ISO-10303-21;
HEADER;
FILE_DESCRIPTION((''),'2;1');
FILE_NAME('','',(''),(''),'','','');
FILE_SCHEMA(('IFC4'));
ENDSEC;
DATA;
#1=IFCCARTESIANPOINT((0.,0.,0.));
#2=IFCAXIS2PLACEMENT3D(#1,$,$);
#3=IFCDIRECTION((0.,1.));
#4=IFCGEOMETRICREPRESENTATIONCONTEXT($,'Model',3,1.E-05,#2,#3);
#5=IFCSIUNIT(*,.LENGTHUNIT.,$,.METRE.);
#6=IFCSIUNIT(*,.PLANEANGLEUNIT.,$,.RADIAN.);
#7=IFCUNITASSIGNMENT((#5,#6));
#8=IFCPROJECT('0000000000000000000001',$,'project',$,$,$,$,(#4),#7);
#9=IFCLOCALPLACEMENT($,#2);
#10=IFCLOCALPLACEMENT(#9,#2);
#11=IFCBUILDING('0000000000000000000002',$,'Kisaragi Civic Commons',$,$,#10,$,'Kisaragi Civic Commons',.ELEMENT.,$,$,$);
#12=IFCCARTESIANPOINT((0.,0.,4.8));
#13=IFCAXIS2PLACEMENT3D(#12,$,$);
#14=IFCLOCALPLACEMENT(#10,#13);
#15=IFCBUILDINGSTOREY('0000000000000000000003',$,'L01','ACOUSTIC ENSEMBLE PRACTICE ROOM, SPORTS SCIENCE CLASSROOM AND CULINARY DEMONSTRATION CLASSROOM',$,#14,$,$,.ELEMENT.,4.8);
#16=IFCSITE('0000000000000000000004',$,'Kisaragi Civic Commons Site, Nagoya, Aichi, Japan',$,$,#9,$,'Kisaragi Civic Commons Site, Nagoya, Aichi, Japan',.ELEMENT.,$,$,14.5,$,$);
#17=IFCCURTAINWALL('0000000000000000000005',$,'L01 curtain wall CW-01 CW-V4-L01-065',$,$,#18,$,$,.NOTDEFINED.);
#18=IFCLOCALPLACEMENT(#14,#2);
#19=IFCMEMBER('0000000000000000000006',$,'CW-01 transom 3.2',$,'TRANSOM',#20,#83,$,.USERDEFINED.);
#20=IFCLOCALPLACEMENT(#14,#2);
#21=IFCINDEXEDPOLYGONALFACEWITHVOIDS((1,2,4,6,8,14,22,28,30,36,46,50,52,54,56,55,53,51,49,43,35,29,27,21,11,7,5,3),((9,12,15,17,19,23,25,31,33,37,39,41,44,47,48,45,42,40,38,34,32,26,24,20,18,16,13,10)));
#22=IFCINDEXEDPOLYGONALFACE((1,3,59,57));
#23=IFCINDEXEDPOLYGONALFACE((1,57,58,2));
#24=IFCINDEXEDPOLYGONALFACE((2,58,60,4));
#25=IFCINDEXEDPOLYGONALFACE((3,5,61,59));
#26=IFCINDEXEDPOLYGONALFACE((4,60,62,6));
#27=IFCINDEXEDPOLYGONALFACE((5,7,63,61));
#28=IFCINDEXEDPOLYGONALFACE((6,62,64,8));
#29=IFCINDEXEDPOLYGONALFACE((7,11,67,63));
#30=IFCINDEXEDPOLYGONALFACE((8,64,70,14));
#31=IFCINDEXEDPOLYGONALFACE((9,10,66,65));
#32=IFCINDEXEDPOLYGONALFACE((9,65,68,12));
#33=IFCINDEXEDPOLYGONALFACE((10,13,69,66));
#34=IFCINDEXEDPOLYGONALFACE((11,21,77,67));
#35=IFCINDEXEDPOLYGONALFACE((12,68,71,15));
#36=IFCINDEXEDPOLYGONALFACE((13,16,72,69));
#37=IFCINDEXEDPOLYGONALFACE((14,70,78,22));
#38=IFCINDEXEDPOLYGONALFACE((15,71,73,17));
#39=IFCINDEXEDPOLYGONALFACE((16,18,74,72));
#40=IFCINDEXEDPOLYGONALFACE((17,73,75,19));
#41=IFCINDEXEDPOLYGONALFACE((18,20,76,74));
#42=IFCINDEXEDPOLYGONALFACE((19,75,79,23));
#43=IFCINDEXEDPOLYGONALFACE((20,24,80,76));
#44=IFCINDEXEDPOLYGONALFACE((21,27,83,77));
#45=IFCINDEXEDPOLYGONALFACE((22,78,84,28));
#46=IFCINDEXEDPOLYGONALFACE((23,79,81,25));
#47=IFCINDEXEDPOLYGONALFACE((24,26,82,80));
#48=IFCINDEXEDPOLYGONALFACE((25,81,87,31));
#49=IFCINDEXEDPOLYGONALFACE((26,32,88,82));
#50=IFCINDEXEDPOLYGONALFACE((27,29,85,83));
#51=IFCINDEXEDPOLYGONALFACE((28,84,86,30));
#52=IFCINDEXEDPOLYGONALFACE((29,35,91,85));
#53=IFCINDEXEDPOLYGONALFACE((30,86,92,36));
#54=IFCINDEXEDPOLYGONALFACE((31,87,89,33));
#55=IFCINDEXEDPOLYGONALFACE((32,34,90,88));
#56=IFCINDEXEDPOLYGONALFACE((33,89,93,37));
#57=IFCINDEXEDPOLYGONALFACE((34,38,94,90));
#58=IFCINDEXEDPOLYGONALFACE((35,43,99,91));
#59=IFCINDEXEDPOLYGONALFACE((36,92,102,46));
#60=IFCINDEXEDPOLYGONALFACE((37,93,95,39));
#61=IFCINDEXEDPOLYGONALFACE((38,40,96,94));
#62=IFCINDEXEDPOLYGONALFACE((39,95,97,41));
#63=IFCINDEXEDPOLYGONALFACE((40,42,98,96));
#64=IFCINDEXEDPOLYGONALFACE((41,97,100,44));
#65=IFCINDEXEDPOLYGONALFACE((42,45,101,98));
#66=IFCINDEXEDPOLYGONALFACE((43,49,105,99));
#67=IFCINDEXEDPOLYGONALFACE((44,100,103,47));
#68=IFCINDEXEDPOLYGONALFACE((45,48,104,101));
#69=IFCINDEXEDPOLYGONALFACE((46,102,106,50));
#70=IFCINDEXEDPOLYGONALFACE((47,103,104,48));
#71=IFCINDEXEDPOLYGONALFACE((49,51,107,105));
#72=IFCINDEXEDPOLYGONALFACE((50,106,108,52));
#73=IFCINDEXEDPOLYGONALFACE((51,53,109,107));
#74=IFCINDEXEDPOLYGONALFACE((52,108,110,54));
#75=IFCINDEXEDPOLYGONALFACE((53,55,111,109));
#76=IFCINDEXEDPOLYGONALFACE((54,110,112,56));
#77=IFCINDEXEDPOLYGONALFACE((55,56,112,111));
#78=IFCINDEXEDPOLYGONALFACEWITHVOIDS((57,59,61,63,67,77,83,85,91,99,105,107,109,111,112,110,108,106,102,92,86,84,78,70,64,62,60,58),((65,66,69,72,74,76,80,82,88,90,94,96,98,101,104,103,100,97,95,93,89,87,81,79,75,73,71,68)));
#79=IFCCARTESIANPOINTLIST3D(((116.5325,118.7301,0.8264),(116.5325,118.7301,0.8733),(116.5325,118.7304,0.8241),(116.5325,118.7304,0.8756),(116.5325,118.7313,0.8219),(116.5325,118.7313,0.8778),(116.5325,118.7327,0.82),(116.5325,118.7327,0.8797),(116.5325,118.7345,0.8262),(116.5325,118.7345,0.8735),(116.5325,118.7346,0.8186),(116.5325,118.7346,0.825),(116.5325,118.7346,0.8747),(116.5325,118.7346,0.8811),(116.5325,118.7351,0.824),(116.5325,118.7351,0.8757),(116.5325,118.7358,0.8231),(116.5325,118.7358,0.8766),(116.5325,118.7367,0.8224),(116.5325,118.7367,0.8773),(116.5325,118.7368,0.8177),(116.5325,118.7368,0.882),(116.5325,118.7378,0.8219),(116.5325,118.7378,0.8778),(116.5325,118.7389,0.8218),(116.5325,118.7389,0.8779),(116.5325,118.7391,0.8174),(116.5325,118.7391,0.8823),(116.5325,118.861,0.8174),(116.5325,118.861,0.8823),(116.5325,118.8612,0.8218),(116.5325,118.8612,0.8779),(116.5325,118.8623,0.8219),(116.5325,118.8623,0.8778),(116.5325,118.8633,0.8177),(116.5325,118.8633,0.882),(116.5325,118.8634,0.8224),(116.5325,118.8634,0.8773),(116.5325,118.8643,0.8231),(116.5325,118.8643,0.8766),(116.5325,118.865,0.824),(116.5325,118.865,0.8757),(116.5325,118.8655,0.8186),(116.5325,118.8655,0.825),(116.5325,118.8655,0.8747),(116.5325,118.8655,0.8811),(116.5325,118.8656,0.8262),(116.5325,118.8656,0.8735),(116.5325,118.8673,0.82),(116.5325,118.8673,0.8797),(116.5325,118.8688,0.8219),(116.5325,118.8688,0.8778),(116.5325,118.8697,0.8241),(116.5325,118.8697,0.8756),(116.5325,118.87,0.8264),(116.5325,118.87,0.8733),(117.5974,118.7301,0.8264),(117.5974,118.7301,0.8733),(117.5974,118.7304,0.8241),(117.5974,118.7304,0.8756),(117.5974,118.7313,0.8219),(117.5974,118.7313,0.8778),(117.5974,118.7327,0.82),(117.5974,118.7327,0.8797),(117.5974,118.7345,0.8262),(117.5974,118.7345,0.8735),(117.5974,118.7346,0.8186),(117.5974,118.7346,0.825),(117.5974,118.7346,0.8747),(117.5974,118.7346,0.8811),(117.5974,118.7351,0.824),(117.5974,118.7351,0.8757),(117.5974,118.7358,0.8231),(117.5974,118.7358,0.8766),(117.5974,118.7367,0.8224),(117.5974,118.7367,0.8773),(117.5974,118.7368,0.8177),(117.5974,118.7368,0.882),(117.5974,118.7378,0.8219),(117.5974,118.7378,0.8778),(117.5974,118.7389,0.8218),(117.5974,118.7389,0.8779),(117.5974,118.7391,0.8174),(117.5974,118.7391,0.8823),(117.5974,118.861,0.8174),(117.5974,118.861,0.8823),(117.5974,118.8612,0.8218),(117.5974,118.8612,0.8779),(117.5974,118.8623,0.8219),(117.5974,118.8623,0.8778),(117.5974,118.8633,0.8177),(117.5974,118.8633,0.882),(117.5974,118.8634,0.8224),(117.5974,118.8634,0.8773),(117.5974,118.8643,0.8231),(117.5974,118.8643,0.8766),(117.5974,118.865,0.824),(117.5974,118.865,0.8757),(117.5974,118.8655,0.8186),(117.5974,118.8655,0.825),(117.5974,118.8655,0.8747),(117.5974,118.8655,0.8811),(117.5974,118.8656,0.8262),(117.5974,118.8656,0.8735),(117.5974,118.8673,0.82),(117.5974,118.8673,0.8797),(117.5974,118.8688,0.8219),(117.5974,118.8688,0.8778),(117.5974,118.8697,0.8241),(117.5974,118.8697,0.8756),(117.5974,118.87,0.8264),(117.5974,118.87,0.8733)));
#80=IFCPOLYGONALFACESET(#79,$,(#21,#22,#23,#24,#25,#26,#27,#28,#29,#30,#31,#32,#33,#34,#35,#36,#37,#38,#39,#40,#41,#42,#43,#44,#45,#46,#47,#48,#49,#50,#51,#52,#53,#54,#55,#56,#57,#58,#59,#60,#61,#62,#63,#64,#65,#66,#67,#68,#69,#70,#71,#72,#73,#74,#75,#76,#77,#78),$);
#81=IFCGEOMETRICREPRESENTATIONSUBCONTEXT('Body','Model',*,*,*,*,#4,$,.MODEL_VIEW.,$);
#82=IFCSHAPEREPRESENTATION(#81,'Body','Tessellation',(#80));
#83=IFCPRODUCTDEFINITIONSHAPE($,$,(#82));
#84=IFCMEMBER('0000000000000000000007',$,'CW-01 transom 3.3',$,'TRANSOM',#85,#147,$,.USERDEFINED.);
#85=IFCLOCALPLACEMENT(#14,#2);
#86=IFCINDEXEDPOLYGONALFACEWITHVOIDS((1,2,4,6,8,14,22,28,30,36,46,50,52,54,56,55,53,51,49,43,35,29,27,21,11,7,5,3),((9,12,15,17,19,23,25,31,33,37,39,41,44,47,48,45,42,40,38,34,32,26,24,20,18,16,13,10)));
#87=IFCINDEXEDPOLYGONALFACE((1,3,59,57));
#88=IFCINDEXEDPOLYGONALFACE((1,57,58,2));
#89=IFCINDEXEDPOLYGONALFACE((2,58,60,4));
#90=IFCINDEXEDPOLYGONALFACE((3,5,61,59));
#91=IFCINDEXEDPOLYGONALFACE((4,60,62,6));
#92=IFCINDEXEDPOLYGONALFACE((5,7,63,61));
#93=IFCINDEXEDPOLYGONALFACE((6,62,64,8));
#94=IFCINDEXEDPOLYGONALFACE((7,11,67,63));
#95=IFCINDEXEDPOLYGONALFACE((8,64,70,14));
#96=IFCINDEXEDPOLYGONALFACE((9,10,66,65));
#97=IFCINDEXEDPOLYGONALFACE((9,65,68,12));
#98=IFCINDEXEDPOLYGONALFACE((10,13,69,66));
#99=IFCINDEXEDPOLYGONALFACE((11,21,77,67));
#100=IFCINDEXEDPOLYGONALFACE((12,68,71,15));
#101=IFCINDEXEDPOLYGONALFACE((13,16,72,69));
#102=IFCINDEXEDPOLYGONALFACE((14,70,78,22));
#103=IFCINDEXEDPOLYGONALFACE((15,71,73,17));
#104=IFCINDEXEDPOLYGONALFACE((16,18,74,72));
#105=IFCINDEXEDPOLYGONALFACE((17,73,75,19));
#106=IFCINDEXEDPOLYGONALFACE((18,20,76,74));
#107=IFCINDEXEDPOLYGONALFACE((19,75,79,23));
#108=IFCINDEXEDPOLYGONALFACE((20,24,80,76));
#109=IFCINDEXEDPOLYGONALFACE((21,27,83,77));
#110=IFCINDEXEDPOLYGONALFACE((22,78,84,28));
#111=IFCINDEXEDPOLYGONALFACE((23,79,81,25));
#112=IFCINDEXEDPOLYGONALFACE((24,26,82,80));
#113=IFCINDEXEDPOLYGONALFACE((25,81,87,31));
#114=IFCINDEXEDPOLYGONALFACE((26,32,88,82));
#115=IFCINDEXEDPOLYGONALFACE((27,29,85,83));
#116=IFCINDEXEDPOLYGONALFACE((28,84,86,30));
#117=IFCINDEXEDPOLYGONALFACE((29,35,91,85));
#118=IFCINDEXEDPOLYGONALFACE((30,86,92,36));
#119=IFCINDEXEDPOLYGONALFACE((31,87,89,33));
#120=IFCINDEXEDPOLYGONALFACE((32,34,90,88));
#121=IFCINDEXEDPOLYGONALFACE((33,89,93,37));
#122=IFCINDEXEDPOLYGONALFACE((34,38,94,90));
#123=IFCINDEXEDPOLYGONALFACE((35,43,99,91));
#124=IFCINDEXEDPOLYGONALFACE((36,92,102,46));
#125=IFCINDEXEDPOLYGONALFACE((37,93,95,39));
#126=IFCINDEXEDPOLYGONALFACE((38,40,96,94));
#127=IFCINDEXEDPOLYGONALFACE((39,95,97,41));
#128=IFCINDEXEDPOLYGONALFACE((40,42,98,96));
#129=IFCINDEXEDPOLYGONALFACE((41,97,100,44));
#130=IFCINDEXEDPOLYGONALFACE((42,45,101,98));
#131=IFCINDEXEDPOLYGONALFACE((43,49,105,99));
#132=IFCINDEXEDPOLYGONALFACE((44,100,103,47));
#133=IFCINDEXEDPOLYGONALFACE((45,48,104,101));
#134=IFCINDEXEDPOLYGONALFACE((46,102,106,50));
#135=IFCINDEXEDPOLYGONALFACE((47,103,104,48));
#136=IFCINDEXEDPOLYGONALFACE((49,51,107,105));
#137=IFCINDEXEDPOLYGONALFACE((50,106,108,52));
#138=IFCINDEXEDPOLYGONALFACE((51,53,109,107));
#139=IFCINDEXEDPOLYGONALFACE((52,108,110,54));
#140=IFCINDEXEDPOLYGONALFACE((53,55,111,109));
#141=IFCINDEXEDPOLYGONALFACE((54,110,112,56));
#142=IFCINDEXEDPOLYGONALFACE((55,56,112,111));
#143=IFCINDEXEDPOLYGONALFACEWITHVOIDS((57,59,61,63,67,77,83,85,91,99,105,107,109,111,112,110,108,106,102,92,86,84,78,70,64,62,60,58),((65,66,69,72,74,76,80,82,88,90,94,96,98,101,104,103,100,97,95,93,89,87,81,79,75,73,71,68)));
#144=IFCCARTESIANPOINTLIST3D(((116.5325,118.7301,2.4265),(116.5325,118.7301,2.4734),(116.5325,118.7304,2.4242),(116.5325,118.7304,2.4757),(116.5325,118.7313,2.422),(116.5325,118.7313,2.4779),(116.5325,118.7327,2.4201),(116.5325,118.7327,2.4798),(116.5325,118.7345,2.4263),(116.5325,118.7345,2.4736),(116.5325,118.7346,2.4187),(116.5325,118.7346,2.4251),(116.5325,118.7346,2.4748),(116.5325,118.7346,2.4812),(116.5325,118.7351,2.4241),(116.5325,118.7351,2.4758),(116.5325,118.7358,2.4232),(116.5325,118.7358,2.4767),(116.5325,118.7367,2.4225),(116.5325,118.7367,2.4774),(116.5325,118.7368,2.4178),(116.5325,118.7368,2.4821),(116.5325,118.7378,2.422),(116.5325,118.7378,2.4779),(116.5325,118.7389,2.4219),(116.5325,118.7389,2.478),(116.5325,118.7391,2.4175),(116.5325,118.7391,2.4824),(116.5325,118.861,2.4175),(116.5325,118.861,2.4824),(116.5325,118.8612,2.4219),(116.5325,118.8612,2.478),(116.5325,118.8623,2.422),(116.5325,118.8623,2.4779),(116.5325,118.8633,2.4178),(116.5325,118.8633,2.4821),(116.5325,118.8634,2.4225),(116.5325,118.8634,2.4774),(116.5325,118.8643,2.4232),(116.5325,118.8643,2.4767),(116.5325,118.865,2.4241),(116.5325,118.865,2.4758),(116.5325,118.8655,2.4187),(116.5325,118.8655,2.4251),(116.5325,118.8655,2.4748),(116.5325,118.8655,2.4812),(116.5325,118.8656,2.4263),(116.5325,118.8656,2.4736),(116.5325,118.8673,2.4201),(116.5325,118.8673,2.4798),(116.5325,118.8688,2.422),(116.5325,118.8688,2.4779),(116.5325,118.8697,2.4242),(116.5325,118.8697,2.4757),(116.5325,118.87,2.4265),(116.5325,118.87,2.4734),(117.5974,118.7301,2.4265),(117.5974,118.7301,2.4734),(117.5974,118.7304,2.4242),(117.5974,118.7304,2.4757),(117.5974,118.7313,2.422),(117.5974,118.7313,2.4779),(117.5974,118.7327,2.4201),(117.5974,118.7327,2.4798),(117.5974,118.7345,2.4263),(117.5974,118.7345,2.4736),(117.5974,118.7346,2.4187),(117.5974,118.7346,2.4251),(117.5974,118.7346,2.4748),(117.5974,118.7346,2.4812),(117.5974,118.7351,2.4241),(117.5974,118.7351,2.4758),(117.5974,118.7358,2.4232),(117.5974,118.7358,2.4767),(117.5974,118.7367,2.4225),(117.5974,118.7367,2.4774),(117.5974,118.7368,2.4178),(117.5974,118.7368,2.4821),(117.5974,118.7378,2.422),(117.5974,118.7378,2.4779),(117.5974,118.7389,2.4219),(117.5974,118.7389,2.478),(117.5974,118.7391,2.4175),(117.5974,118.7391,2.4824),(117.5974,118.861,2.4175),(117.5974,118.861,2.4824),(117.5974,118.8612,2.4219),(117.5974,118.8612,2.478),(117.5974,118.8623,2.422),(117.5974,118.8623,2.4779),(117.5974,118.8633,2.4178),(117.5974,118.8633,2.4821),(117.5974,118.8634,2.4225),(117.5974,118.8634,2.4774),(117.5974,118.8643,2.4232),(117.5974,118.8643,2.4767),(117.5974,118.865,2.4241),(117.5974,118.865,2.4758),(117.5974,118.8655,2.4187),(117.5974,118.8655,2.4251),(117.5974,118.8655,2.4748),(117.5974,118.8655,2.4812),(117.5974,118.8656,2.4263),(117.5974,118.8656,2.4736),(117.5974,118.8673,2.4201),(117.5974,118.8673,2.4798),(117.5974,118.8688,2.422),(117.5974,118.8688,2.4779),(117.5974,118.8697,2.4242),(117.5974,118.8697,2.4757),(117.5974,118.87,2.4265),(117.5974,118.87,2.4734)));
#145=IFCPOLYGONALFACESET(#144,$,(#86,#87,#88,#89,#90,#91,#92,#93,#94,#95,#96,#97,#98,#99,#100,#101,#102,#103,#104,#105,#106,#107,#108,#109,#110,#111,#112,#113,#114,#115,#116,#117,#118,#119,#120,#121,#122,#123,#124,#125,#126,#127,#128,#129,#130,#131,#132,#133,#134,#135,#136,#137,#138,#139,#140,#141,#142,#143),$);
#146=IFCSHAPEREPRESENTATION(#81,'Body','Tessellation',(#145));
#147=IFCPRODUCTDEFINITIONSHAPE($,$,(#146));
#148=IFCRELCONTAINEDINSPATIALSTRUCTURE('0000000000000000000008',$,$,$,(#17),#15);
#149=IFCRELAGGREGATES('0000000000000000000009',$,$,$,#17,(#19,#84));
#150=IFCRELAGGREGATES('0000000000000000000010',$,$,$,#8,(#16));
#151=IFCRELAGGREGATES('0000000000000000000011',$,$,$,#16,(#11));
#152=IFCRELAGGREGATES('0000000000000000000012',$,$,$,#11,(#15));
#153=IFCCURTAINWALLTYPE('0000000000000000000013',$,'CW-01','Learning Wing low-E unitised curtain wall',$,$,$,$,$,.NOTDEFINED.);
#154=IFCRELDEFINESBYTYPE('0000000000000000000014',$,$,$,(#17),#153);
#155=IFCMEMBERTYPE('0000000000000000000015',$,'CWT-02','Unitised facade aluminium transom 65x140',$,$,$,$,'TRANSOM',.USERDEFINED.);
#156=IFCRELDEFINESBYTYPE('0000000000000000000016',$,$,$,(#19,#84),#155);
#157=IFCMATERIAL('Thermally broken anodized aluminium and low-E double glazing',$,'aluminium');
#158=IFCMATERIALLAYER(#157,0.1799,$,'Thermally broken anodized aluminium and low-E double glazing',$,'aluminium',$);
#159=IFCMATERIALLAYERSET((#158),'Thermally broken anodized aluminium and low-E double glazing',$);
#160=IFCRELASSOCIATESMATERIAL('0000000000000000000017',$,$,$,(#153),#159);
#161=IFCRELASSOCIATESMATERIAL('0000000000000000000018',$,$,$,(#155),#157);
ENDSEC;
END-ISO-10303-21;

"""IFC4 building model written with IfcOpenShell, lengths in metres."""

from ifc_helpers import new_model, si_unit, direction, frame, origin, origin_2d, place, context, subcontext, project, spatial, hollow_rectangle, extrude, material, layer, layer_set, material_profile, profile_set, type_object, element, aggregate, save


model = new_model("IFC4")

# Units and contexts
model_context = context("Model", 3, precision=1e-05, world=origin(), true_north=direction((0.0, 1.0)))
body_context = subcontext(model_context, "Body", "Model", "MODEL_VIEW")
ifc_project = project(units=[si_unit("LENGTHUNIT", "METRE"), si_unit("PLANEANGLEUNIT", "RADIAN")], contexts=[model_context])

# Site, building, storey
site_placement = place(None, origin())
site = spatial("IfcSite", under=ifc_project, at=site_placement, Name="Kisaragi Civic Commons Site, Nagoya, Aichi, Japan", LongName="Kisaragi Civic Commons Site, Nagoya, Aichi, Japan", CompositionType="ELEMENT", RefElevation=14.5)
building_placement = place(site_placement, origin())
building = spatial("IfcBuilding", under=site, at=building_placement, Name="Kisaragi Civic Commons", LongName="Kisaragi Civic Commons", CompositionType="ELEMENT")
storey_placement = place(building_placement, frame((0.0, 0.0, 4.8)))
storey = spatial("IfcBuildingStorey", under=building, at=storey_placement, Name="L01", Description="ACOUSTIC ENSEMBLE PRACTICE ROOM, SPORTS SCIENCE CLASSROOM AND CULINARY DEMONSTRATION CLASSROOM", CompositionType="ELEMENT", Elevation=4.8)

# Curtain wall, members
ifc_material_1 = material(Name="Thermally broken anodized aluminium and low-E double glazing", Category="aluminium")
ifc_layer_1 = layer(ifc_material_1, 0.1799, Name="Thermally broken anodized aluminium and low-E double glazing", Category="aluminium")
ifc_layer_set_1 = layer_set([ifc_layer_1], Name="Thermally broken anodized aluminium and low-E double glazing")
curtain_wall_type = type_object("IfcCurtainWallType", Name="CW-01", Description="Learning Wing low-E unitised curtain wall", PredefinedType="NOTDEFINED", material=ifc_layer_set_1)
curtain_wall_placement = place(storey_placement, origin())
curtain_wall = element("IfcCurtainWall", 1, at=curtain_wall_placement, inside=storey, type_object=curtain_wall_type, Name="L01 curtain wall CW-01 CW-V4-L01-065", PredefinedType="NOTDEFINED")
ifc_material_profile_1 = material_profile(ifc_material_1, hollow_rectangle(XDim=0.1399, YDim=0.0649, WallThickness=0.0044, InnerFilletRadius=0.0044, OuterFilletRadius=0.009, at=origin_2d()), Name="CWT-65x140x4.5", Category="aluminium")
ifc_profile_set_1 = profile_set([ifc_material_profile_1], Name="Thermally broken anodized aluminium and low-E double glazing")
member_type_1 = type_object("IfcMemberType", Name="CWT-02", Description="Unitised facade aluminium transom 65x140", ElementType="TRANSOM", PredefinedType="USERDEFINED", material=ifc_profile_set_1)
member_1_placement = place(storey_placement, frame((116.5325, 118.8, 0.8499), z_axis=(1.0, 0.0, 0.0), x_axis=(0.0, 1.0, 0.0)))
member_1 = element("IfcMember", 2, at=member_1_placement, type_object=member_type_1, Name="CW-01 transom 3.2", ObjectType="TRANSOM", PredefinedType="USERDEFINED", context=body_context, shape_type="SweptSolid", body=[
    extrude(hollow_rectangle(XDim=0.1399, YDim=0.0649, WallThickness=0.0044, InnerFilletRadius=0.0044, OuterFilletRadius=0.009, at=origin_2d()), origin(), (0.0, 0.0, 1.0), 1.0649),
])
member_2_placement = place(storey_placement, frame((116.5325, 118.8, 2.45), z_axis=(1.0, 0.0, 0.0), x_axis=(0.0, 1.0, 0.0)))
member_2 = element("IfcMember", 3, at=member_2_placement, type_object=member_type_1, Name="CW-01 transom 3.3", ObjectType="TRANSOM", PredefinedType="USERDEFINED", context=body_context, shape_type="SweptSolid", body=[
    extrude(hollow_rectangle(XDim=0.1399, YDim=0.0649, WallThickness=0.0044, InnerFilletRadius=0.0044, OuterFilletRadius=0.009, at=origin_2d()), origin(), (0.0, 0.0, 1.0), 1.0649),
])
aggregate(curtain_wall, [member_1, member_2])

save(model, "model.ifc")
